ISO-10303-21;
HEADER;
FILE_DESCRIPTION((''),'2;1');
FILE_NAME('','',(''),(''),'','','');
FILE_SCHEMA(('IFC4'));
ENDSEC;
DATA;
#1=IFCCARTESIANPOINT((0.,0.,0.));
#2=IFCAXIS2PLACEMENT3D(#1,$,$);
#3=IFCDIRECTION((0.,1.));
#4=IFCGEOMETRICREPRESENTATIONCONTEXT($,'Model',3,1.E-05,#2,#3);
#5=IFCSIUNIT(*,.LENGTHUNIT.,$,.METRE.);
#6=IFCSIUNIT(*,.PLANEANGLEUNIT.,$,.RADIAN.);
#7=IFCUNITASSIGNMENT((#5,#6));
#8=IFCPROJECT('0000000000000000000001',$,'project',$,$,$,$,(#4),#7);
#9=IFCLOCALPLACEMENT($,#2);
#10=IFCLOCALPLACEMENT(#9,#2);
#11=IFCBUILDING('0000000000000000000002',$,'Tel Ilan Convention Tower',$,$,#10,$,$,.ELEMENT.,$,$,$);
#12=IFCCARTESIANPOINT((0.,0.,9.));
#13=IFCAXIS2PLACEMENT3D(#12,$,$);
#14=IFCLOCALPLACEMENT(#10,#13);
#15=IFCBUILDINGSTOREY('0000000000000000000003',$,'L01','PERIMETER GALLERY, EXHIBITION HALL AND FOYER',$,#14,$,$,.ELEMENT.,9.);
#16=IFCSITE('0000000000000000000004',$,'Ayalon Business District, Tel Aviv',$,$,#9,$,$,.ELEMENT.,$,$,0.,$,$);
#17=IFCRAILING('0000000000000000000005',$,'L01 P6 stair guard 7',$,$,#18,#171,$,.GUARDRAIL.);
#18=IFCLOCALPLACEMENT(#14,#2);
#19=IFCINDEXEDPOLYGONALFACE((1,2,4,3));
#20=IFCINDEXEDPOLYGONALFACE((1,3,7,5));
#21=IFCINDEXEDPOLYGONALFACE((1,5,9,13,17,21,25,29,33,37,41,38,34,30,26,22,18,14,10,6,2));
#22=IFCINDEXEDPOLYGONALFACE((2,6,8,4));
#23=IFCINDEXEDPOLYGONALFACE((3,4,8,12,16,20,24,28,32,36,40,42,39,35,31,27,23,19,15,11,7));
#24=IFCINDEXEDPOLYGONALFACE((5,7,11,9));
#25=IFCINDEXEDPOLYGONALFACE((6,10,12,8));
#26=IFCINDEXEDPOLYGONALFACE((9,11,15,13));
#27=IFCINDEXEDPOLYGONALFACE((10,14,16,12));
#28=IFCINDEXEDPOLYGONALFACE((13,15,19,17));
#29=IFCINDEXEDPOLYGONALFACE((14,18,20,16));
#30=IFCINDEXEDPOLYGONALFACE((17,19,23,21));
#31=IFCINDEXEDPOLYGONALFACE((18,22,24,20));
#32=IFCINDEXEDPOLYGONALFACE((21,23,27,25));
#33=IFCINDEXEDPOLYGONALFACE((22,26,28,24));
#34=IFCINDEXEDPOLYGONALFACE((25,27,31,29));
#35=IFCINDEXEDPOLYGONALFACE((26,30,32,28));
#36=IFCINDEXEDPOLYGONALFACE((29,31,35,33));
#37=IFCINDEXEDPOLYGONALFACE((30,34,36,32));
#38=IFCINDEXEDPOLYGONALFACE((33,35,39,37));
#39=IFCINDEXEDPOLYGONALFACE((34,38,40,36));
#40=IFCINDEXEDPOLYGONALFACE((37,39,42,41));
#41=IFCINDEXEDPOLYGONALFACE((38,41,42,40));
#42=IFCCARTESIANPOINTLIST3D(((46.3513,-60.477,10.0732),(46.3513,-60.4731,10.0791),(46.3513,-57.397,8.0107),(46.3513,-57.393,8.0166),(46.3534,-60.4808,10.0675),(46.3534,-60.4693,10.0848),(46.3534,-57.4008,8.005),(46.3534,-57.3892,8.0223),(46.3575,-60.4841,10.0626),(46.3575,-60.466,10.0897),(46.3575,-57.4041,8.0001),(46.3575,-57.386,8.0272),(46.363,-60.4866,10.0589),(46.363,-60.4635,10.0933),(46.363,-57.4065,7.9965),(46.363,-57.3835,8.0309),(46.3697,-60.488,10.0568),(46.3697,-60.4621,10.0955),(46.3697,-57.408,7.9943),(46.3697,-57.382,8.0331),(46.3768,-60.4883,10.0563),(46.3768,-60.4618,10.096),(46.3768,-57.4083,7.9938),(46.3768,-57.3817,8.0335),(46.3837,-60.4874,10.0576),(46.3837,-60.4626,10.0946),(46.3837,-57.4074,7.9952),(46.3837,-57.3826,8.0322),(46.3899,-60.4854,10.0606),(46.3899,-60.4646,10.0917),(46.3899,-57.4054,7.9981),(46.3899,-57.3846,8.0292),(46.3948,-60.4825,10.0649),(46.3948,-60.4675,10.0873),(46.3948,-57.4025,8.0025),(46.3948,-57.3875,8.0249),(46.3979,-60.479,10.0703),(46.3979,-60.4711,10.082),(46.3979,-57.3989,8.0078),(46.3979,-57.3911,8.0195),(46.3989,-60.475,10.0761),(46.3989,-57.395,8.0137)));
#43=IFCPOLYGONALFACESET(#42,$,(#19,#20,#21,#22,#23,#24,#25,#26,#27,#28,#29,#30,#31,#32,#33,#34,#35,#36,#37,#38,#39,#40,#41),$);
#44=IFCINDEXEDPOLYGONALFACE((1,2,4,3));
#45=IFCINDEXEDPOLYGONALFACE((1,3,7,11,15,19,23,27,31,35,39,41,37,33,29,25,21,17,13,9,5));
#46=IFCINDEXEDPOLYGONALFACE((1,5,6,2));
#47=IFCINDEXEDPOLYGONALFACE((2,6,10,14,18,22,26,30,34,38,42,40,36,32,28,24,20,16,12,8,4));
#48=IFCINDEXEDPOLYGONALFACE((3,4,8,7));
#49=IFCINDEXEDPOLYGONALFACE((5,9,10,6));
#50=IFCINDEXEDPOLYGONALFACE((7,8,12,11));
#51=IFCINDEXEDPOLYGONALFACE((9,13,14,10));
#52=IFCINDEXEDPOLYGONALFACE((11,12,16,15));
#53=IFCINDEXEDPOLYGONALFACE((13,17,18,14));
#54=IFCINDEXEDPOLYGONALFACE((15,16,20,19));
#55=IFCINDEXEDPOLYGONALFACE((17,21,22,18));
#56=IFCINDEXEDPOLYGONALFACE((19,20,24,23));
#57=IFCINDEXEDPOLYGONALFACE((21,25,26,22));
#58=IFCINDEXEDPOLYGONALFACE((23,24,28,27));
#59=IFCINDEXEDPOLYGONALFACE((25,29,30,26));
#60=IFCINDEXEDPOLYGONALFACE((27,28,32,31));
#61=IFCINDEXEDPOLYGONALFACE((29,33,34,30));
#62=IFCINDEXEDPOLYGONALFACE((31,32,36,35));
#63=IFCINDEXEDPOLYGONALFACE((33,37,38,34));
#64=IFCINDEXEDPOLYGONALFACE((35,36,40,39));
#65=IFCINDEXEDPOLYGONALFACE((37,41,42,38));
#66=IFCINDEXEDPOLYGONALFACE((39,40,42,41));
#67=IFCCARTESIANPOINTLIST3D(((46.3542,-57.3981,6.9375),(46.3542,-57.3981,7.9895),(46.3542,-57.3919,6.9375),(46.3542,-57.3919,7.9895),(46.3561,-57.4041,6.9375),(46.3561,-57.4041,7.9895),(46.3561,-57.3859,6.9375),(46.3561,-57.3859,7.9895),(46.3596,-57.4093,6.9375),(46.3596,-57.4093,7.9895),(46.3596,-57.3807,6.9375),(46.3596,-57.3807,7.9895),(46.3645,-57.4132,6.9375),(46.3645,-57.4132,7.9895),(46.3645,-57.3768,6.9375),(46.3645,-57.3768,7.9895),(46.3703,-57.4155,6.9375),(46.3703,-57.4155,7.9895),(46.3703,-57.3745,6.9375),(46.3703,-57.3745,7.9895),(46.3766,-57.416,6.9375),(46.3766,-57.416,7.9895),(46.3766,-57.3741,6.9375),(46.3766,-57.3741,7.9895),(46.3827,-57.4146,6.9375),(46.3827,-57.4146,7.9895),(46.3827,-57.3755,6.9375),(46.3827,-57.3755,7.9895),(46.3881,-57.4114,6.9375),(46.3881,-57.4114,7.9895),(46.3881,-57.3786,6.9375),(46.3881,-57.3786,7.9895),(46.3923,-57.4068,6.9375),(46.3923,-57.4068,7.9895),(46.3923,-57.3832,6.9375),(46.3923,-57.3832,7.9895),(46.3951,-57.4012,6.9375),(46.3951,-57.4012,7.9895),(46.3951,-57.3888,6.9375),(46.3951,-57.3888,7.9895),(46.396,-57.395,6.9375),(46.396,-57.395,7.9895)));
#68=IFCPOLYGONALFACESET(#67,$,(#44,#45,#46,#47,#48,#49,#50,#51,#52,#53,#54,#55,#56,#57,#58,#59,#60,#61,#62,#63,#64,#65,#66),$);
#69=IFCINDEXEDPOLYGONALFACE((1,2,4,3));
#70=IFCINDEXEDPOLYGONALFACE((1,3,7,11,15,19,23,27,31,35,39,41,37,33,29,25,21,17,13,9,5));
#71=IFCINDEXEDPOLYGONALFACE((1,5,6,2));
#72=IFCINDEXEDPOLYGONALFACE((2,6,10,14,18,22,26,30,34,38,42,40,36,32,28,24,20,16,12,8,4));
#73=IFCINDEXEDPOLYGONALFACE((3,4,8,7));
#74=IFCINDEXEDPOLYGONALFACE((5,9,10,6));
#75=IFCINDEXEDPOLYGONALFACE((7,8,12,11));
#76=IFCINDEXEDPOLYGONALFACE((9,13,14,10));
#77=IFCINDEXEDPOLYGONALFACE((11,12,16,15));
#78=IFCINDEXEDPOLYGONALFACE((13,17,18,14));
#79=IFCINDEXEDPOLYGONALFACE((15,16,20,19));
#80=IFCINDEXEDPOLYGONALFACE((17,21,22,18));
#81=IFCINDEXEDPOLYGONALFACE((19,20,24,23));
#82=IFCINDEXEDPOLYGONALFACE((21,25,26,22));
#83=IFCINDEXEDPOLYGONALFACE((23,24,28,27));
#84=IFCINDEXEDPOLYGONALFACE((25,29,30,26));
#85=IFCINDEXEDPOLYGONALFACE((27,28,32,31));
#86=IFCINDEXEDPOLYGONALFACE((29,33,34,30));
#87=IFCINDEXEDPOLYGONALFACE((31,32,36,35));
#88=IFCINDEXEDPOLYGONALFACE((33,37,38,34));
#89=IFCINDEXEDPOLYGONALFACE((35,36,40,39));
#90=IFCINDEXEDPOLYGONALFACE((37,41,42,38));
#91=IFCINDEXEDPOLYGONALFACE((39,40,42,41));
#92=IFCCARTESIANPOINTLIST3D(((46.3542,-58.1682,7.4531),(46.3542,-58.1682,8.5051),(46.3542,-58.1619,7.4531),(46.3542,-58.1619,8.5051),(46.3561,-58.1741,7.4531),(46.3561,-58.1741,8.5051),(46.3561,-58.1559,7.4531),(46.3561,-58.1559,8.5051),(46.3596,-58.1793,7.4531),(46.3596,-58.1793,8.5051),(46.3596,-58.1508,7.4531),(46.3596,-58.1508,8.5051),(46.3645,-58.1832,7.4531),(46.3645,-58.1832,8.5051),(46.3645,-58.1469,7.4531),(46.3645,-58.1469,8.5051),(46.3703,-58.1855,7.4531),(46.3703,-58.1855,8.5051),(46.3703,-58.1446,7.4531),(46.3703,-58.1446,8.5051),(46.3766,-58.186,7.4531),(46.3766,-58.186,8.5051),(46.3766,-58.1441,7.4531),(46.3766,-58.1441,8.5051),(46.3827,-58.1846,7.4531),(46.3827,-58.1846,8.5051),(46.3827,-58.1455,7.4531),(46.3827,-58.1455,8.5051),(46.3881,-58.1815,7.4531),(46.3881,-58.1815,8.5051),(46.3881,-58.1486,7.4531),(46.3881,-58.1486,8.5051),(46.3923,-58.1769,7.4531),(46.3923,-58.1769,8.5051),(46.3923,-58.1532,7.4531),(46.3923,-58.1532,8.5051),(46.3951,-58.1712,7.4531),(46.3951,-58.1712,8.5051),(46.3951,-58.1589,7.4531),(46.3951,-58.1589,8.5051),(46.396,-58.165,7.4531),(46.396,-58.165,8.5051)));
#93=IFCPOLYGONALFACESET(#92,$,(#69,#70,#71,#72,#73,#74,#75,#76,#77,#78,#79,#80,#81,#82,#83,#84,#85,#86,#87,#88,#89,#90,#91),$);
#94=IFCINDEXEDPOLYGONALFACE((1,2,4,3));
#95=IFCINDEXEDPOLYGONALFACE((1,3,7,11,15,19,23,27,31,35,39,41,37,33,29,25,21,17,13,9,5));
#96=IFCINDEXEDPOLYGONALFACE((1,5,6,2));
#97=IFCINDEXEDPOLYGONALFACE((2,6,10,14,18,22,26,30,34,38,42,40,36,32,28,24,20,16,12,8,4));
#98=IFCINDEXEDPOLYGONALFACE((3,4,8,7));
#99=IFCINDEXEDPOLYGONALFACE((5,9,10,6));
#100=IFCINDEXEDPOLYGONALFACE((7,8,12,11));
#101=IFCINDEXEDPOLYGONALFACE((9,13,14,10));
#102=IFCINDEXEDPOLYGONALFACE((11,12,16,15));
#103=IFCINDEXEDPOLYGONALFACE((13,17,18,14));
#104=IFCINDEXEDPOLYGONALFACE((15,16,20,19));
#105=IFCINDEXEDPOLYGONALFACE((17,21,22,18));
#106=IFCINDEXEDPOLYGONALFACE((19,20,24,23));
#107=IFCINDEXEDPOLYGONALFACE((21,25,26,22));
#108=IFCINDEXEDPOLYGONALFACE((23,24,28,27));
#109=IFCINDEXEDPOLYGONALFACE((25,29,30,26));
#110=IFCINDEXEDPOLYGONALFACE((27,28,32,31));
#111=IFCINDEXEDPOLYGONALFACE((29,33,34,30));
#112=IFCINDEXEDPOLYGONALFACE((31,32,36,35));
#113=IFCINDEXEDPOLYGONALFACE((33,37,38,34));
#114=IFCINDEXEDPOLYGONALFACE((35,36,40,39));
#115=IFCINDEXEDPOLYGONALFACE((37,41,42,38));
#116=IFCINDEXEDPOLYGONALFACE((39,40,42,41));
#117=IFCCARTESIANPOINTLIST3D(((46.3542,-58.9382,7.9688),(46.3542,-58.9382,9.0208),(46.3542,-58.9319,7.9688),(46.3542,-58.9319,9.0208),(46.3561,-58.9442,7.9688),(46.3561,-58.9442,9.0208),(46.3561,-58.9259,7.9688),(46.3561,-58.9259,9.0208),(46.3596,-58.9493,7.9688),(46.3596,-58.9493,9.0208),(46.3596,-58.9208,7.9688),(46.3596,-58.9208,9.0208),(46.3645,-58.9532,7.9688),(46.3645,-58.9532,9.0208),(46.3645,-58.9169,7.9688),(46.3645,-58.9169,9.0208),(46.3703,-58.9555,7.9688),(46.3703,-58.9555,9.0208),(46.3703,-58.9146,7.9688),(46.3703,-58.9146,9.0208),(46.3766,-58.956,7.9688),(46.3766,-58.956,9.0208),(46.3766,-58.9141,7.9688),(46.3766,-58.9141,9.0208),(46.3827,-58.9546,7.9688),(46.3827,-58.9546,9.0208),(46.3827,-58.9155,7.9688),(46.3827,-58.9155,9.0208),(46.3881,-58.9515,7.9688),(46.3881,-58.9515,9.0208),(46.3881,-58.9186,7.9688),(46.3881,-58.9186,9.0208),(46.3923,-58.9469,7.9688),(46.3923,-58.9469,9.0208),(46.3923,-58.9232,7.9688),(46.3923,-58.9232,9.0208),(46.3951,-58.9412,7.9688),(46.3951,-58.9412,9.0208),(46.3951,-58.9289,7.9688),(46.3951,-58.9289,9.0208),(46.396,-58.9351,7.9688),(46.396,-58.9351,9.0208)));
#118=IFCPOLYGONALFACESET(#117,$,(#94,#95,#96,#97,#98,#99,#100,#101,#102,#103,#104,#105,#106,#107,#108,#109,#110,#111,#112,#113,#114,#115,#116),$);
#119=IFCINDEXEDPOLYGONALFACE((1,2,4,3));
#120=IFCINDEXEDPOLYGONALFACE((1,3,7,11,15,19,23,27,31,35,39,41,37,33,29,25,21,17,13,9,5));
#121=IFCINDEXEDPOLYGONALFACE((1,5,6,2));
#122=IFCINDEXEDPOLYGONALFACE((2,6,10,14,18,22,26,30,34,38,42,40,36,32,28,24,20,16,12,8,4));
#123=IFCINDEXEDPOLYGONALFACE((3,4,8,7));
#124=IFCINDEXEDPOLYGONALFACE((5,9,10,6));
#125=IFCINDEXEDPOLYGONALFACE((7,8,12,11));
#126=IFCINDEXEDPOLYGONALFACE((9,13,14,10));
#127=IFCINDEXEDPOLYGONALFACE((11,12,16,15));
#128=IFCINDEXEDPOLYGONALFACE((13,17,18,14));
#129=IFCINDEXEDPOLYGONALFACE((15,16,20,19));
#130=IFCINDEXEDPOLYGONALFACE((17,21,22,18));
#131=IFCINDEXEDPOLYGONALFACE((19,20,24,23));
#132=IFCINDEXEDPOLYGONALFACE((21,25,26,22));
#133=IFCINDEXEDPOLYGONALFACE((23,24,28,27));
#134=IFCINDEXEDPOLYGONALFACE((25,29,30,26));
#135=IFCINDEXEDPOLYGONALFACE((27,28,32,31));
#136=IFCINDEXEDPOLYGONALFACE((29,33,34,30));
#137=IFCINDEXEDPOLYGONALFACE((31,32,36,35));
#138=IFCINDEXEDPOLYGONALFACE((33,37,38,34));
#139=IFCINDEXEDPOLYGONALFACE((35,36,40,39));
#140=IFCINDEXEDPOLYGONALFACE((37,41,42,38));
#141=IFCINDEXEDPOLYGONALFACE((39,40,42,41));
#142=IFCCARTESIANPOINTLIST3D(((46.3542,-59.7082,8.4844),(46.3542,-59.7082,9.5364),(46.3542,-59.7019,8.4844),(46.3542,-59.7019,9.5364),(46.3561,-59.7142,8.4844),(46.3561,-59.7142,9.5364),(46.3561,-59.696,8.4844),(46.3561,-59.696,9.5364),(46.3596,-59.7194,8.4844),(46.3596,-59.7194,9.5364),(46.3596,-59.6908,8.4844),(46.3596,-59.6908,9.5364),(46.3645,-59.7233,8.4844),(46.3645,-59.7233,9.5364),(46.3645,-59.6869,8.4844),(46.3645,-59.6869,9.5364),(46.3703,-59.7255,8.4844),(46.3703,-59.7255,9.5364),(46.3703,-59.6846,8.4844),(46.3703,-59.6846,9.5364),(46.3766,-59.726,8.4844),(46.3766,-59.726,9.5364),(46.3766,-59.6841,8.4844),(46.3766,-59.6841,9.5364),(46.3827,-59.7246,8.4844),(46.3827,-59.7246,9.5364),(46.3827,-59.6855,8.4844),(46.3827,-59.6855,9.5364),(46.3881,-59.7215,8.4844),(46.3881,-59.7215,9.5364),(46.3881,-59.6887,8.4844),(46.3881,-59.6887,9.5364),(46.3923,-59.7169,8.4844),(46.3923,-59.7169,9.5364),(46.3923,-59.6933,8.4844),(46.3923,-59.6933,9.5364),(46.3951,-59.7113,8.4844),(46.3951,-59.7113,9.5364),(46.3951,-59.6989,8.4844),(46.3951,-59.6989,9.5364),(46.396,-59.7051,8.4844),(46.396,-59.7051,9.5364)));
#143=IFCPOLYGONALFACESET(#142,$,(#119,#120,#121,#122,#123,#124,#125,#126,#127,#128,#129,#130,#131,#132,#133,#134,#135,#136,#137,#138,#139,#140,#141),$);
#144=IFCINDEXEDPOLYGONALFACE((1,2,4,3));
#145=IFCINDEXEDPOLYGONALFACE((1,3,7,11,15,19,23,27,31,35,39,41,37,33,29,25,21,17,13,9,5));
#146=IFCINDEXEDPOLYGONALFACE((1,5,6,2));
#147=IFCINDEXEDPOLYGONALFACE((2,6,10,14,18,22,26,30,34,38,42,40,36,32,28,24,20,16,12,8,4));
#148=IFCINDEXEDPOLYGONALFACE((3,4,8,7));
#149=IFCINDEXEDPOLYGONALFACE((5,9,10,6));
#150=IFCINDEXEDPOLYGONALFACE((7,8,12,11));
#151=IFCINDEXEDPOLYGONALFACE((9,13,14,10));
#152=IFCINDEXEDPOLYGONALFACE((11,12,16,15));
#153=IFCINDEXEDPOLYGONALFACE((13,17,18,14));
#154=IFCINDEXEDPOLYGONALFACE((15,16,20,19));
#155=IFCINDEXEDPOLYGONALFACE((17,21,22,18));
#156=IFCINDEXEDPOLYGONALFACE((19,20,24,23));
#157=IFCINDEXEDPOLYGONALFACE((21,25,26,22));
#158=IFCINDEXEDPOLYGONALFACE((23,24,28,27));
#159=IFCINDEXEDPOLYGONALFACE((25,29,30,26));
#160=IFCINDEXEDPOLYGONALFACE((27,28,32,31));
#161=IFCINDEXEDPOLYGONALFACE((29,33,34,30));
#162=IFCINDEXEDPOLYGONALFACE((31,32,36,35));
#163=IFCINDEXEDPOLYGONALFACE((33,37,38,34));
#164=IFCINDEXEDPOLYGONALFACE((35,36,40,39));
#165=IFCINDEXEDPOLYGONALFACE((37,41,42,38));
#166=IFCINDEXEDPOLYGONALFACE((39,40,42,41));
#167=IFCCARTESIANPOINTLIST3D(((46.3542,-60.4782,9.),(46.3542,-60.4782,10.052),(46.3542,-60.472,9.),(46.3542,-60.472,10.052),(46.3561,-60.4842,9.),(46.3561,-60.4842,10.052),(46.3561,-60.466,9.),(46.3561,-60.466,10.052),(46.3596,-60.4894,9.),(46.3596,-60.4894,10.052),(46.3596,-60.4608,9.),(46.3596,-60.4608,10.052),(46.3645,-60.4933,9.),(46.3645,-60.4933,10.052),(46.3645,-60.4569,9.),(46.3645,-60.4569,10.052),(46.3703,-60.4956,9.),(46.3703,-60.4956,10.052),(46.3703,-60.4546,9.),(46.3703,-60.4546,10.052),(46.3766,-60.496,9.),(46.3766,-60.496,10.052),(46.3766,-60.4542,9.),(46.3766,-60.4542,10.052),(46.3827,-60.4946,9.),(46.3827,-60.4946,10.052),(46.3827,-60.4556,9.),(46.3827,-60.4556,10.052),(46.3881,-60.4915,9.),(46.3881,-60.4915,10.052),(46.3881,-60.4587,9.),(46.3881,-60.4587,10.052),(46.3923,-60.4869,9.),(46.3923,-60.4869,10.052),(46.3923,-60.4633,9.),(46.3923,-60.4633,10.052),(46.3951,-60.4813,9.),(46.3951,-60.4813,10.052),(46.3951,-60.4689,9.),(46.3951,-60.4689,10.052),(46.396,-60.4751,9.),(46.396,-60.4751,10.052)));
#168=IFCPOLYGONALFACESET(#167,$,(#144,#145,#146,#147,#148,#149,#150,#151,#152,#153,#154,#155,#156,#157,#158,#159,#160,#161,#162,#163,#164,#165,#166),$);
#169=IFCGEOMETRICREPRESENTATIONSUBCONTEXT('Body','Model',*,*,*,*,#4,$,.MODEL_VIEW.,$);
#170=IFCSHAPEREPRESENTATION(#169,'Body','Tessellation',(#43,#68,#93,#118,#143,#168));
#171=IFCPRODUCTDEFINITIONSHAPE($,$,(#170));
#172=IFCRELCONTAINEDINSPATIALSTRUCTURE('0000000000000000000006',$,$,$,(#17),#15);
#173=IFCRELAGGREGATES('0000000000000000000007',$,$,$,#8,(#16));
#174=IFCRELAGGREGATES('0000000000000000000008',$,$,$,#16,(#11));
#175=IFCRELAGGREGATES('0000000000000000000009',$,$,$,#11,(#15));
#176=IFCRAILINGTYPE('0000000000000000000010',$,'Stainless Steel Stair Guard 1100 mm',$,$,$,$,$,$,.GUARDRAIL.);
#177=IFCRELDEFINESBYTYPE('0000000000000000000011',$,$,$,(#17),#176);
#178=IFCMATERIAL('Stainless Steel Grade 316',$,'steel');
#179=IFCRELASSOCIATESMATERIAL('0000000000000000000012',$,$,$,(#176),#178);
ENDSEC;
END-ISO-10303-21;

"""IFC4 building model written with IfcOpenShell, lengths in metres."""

from ifc_helpers import new_model, si_unit, direction, frame, origin, origin_2d, place, context, subcontext, project, spatial, circle, extrude, material, type_object, element, save


model = new_model("IFC4")

# Units and contexts
model_context = context("Model", 3, precision=1e-05, world=origin(), true_north=direction((0.0, 1.0)))
body_context = subcontext(model_context, "Body", "Model", "MODEL_VIEW")
ifc_project = project(units=[si_unit("LENGTHUNIT", "METRE"), si_unit("PLANEANGLEUNIT", "RADIAN")], contexts=[model_context])

# Site, building, storey
site_placement = place(None, origin())
site = spatial("IfcSite", under=ifc_project, at=site_placement, Name="Ayalon Business District, Tel Aviv", CompositionType="ELEMENT", RefElevation=0.0)
building_placement = place(site_placement, origin())
building = spatial("IfcBuilding", under=site, at=building_placement, Name="Tel Ilan Convention Tower", CompositionType="ELEMENT")
storey_placement = place(building_placement, frame((0.0, 0.0, 9.0)))
storey = spatial("IfcBuildingStorey", under=building, at=storey_placement, Name="L01", Description="PERIMETER GALLERY, EXHIBITION HALL AND FOYER", CompositionType="ELEMENT", Elevation=9.0)

# Railing
ifc_material_1 = material(Name="Stainless Steel Grade 316", Category="steel")
railing_type_1 = type_object("IfcRailingType", Name="Stainless Steel Stair Guard 1100 mm", PredefinedType="GUARDRAIL", material=ifc_material_1)
railing_1_placement = place(storey_placement, frame((46.375, -57.395, 6.9375)))
element("IfcRailing", 1, at=railing_1_placement, inside=storey, type_object=railing_type_1, Name="L01 P6 stair guard 7", PredefinedType="GUARDRAIL", context=body_context, shape_type="SweptSolid", body=[
    extrude(circle(Radius=0.0239, at=origin_2d()), frame((0.0, 0.0, 1.0762), z_axis=(0.0, -0.830914, 0.556401), x_axis=(1.0, 0.0, 0.0)), (0.0, 0.0, 1.0), 3.7068),
    extrude(circle(Radius=0.021, at=origin_2d()), origin(), (0.0, 0.0, 1.0), 1.052),
    extrude(circle(Radius=0.021, at=origin_2d()), frame((0.0, -0.77, 0.5156)), (0.0, 0.0, 1.0), 1.052),
    extrude(circle(Radius=0.021, at=origin_2d()), frame((0.0, -1.54, 1.0312)), (0.0, 0.0, 1.0), 1.052),
    extrude(circle(Radius=0.021, at=origin_2d()), frame((0.0, -2.3101, 1.5469)), (0.0, 0.0, 1.0), 1.052),
    extrude(circle(Radius=0.021, at=origin_2d()), frame((0.0, -3.0801, 2.0625)), (0.0, 0.0, 1.0), 1.052),
])

save(model, "model.ifc")
